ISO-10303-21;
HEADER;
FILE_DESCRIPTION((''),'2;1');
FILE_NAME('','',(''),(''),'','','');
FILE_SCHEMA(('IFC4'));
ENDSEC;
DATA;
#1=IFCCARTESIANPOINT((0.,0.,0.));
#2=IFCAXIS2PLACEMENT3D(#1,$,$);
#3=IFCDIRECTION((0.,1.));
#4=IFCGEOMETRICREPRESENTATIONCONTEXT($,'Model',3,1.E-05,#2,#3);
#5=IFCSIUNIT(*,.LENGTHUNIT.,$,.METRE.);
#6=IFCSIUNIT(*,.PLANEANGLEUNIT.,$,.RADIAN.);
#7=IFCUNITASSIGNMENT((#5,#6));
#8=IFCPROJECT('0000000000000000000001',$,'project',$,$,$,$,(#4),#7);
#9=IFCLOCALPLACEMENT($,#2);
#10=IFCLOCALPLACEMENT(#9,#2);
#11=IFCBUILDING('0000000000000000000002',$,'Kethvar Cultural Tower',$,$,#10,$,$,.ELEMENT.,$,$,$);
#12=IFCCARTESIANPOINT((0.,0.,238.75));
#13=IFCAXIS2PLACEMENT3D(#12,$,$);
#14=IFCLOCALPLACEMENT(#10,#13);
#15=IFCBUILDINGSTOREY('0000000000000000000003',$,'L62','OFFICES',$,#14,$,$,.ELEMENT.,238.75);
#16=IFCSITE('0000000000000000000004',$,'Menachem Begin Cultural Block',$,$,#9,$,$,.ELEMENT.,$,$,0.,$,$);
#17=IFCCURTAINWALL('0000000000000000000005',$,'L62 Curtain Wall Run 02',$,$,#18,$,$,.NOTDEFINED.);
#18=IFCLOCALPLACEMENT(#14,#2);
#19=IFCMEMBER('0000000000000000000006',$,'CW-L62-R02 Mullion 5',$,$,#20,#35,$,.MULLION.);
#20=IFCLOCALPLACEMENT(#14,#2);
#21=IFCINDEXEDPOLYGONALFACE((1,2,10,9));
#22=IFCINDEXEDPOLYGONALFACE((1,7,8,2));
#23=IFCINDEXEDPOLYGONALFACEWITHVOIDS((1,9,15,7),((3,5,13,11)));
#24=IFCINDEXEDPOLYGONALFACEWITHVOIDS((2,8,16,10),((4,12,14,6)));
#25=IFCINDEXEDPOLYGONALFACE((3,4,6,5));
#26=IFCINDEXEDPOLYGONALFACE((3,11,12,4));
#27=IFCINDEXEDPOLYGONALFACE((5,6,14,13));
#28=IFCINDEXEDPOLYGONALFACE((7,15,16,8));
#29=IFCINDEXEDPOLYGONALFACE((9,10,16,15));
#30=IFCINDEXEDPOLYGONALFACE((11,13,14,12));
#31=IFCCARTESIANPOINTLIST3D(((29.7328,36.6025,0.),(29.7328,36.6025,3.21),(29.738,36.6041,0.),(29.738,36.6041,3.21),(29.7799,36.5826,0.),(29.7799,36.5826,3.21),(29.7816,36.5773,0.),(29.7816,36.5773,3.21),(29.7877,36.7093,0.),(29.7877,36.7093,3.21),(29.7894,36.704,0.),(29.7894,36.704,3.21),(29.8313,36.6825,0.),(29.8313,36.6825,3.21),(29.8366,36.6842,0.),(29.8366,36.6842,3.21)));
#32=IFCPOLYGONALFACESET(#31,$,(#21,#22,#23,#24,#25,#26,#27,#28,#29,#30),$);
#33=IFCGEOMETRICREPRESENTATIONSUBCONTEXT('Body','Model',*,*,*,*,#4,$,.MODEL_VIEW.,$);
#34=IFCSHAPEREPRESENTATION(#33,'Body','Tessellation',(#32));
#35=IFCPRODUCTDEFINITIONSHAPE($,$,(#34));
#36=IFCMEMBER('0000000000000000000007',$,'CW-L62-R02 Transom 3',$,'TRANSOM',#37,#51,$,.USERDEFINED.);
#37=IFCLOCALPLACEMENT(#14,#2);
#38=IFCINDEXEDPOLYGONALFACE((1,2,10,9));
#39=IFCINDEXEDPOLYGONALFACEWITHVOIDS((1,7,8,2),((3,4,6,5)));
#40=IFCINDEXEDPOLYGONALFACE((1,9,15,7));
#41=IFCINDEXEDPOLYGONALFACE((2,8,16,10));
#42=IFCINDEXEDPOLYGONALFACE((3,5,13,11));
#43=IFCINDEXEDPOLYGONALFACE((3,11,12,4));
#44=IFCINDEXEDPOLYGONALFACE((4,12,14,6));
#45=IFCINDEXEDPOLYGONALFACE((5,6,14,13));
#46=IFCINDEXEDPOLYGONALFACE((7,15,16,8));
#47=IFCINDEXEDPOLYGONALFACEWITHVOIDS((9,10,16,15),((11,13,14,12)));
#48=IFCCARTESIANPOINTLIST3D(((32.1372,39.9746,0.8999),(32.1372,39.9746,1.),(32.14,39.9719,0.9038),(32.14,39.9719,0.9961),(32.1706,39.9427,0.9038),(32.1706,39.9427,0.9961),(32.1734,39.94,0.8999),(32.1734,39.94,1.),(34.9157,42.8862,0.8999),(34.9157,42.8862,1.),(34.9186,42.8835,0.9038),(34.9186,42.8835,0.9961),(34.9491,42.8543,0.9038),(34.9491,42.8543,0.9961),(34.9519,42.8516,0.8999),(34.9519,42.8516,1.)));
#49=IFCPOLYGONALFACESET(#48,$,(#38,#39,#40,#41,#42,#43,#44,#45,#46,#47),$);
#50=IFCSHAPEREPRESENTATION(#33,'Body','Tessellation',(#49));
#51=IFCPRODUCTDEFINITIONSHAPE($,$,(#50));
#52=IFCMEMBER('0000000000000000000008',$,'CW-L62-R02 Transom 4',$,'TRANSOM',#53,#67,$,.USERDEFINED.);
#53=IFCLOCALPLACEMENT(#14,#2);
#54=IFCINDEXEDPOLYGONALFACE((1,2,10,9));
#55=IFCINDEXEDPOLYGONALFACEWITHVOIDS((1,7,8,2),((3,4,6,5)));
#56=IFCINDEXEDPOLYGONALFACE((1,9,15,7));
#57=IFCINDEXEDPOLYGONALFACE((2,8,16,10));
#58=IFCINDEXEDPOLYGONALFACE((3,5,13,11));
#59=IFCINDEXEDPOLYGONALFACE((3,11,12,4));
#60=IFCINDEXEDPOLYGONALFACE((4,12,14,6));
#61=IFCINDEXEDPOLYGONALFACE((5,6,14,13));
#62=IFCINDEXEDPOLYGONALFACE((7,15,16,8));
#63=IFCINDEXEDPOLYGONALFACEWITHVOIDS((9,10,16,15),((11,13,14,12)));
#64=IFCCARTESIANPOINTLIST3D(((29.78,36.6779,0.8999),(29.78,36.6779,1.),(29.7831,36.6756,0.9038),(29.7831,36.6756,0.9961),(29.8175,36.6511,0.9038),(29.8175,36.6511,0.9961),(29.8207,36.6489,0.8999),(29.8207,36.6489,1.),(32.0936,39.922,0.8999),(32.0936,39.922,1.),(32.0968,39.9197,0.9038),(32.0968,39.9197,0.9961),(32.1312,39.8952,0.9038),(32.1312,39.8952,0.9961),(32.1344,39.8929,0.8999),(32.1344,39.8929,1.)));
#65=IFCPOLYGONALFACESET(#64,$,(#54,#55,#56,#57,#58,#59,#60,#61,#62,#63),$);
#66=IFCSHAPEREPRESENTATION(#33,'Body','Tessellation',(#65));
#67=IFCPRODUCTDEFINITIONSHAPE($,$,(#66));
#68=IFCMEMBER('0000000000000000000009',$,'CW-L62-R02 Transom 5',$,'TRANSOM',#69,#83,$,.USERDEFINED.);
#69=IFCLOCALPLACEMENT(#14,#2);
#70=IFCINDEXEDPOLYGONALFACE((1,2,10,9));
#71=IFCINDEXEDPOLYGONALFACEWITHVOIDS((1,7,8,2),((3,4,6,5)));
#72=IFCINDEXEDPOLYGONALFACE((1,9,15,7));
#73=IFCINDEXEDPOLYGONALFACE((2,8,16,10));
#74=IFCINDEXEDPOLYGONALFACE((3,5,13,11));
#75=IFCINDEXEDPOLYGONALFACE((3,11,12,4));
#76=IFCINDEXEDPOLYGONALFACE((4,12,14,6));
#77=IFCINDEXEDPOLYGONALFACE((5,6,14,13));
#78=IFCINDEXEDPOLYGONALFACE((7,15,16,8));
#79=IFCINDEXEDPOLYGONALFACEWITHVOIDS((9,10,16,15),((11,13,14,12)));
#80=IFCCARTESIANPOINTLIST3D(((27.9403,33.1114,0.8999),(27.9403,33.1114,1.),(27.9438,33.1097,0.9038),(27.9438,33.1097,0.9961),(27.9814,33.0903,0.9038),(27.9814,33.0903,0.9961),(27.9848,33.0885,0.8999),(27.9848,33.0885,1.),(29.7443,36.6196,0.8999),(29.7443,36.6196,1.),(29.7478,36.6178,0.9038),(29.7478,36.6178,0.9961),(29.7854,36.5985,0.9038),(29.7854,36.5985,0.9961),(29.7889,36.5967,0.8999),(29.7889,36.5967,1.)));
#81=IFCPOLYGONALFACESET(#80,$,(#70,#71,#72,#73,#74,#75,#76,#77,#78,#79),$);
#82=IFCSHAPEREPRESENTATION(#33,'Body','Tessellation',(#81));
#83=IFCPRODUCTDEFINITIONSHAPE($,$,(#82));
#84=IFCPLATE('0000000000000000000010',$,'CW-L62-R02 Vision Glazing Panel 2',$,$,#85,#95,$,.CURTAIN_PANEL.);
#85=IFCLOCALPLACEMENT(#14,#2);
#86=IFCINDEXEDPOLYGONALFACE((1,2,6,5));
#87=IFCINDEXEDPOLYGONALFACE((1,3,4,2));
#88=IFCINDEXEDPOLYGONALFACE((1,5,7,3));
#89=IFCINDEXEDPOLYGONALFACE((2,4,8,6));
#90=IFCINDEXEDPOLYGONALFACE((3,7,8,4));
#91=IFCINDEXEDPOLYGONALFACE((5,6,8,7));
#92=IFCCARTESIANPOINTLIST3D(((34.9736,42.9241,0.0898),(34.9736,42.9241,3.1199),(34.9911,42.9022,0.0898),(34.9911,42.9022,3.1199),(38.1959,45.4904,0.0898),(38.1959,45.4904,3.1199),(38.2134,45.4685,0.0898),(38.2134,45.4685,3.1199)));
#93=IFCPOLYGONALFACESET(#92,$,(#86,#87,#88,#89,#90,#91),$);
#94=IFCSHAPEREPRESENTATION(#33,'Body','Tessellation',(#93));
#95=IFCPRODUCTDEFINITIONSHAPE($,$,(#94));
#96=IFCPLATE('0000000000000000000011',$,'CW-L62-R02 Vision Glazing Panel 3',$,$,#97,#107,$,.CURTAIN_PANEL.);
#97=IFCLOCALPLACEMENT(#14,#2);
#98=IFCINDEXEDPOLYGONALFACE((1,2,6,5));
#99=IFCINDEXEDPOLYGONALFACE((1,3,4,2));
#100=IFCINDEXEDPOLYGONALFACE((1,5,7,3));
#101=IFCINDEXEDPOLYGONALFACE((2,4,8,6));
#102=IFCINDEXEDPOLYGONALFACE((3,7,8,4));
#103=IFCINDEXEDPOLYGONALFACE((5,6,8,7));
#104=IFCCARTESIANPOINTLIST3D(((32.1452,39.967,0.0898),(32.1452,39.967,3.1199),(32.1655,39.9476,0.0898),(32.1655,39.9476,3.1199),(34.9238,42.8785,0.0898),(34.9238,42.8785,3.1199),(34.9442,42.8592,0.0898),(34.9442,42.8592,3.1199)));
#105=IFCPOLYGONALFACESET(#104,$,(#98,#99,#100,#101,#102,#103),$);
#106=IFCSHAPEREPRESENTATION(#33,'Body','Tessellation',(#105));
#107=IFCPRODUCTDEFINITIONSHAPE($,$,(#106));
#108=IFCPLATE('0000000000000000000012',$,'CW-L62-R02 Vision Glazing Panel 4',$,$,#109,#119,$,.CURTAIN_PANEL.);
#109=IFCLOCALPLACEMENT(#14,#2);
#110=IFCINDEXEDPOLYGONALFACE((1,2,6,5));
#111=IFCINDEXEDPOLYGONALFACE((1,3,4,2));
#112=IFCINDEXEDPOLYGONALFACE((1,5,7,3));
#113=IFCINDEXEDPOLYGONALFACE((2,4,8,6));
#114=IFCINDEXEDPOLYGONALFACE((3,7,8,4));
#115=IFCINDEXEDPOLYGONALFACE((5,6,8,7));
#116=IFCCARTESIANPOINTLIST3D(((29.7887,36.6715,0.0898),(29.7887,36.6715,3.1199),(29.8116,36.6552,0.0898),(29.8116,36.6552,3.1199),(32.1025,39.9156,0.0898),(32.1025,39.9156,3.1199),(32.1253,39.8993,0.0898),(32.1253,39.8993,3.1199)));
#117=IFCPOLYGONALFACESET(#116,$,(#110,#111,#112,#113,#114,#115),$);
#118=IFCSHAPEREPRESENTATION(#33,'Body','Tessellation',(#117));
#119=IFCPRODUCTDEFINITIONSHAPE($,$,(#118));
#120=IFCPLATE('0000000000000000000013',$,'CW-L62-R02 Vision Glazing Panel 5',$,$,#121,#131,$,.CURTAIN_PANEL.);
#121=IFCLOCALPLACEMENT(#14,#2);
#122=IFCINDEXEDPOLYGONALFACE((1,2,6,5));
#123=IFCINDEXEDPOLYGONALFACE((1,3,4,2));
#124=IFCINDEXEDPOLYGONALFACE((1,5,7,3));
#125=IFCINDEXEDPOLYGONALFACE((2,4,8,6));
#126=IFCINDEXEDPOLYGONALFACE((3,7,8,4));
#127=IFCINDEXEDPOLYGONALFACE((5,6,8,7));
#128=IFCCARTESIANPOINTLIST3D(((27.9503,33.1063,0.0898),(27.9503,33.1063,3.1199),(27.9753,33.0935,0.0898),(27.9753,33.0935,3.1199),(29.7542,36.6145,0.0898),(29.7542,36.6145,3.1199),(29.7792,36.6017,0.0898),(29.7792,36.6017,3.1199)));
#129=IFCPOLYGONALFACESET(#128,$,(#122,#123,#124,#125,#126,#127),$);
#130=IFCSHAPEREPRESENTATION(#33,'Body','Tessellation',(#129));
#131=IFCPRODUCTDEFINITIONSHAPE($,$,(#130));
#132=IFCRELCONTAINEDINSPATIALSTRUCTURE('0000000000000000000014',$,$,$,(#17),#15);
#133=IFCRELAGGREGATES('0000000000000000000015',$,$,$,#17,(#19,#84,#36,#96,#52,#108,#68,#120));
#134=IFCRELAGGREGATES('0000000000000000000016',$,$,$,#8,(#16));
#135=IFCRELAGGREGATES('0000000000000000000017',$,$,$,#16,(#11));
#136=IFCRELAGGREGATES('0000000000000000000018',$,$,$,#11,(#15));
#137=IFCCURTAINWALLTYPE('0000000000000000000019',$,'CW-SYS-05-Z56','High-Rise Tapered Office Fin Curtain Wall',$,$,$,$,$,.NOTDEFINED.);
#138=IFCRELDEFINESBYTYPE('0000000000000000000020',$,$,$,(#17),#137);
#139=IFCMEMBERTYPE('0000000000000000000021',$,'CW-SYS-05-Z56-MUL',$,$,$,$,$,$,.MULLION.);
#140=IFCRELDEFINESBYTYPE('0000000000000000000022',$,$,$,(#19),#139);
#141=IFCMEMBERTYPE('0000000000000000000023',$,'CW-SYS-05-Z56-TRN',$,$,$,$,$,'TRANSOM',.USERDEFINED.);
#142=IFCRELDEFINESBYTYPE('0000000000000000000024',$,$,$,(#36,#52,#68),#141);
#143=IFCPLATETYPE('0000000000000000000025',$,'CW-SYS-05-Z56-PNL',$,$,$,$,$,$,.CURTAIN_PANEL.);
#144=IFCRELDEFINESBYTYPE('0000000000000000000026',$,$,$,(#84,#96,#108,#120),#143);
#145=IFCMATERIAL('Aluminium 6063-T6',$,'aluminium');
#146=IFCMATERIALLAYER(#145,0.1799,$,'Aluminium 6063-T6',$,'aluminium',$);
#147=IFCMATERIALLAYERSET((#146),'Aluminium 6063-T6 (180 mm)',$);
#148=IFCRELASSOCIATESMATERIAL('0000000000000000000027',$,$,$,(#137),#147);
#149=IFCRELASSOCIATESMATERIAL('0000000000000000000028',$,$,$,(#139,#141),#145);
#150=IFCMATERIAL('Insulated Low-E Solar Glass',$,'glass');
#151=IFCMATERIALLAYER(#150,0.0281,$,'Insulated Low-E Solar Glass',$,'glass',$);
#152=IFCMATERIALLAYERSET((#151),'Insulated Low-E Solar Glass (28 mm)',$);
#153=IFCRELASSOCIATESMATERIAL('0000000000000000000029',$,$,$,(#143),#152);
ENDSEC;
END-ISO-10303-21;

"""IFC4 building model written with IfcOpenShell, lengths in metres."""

from ifc_helpers import new_model, si_unit, direction, frame, origin, origin_2d, place, context, subcontext, project, spatial, rectangle, hollow_rectangle, extrude, source, transform, mapped, material, layer, layer_set, material_profile, profile_set, type_object, element, aggregate, save


model = new_model("IFC4")

# Units and contexts
model_context = context("Model", 3, precision=1e-05, world=origin(), true_north=direction((0.0, 1.0)))
body_context = subcontext(model_context, "Body", "Model", "MODEL_VIEW")
ifc_project = project(units=[si_unit("LENGTHUNIT", "METRE"), si_unit("PLANEANGLEUNIT", "RADIAN")], contexts=[model_context])

# Site, building, storey
site_placement = place(None, origin())
site = spatial("IfcSite", under=ifc_project, at=site_placement, Name="Menachem Begin Cultural Block", CompositionType="ELEMENT", RefElevation=0.0)
building_placement = place(site_placement, origin())
building = spatial("IfcBuilding", under=site, at=building_placement, Name="Kethvar Cultural Tower", CompositionType="ELEMENT")
storey_placement = place(building_placement, frame((0.0, 0.0, 238.75)))
storey = spatial("IfcBuildingStorey", under=building, at=storey_placement, Name="L62", Description="OFFICES", CompositionType="ELEMENT", Elevation=238.75)

# Curtain wall, members, plates
ifc_material_1 = material(Name="Aluminium 6063-T6", Category="aluminium")
ifc_layer_1 = layer(ifc_material_1, 0.1799, Name="Aluminium 6063-T6", Category="aluminium")
ifc_layer_set_1 = layer_set([ifc_layer_1], Name="Aluminium 6063-T6 (180 mm)")
curtain_wall_type = type_object("IfcCurtainWallType", Name="CW-SYS-05-Z56", Description="High-Rise Tapered Office Fin Curtain Wall", PredefinedType="NOTDEFINED", material=ifc_layer_set_1)
curtain_wall_placement = place(storey_placement, origin())
curtain_wall = element("IfcCurtainWall", 1, at=curtain_wall_placement, inside=storey, type_object=curtain_wall_type, Name="L62 Curtain Wall Run 02", PredefinedType="NOTDEFINED")
ifc_material_profile_1 = material_profile(ifc_material_1, hollow_rectangle(XDim=0.0549, YDim=0.1201, WallThickness=0.0039, at=origin_2d()), Name="Aluminium 6063-T6 — RHS120x55x4")
ifc_profile_set_1 = profile_set([ifc_material_profile_1], Name="Aluminium 6063-T6 — RHS120x55x4")
member_type_1 = type_object("IfcMemberType", Name="CW-SYS-05-Z56-MUL", PredefinedType="MULLION", material=ifc_profile_set_1)
shared_shape_1 = source(origin(), body_context, "Body", "SweptSolid", [
    extrude(hollow_rectangle(XDim=0.0549, YDim=0.1201, WallThickness=0.0039, at=origin_2d()), origin(), (0.0, 0.0, 1.0), 3.21),
])
member_1_placement = place(storey_placement, frame((29.7847, 36.6433, 0.0), z_axis=(0.0, 0.0, 1.0), x_axis=(0.889321, -0.457284, 0.0)))
member_1 = element("IfcMember", 2, at=member_1_placement, type_object=member_type_1, Name="CW-L62-R02 Mullion 5", PredefinedType="MULLION", context=body_context, shape_type="MappedRepresentation", body=[
    mapped(shared_shape_1, transform((0.0, 0.0, 0.0), scale=1.0)),
])
ifc_material_profile_2 = material_profile(ifc_material_1, hollow_rectangle(XDim=0.05, YDim=0.1001, WallThickness=0.0039, at=origin_2d()), Name="Aluminium 6063-T6 — RHS100x50x4")
ifc_profile_set_2 = profile_set([ifc_material_profile_2], Name="Aluminium 6063-T6 — RHS100x50x4")
member_type_2 = type_object("IfcMemberType", Name="CW-SYS-05-Z56-TRN", ElementType="TRANSOM", PredefinedType="USERDEFINED", material=ifc_profile_set_2)
shared_shape_2 = source(origin(), body_context, "Body", "SweptSolid", [
    extrude(hollow_rectangle(XDim=0.05, YDim=0.1001, WallThickness=0.0039, at=origin_2d()), origin(), (0.0, 0.0, 1.0), 4.0247),
])
member_2_placement = place(storey_placement, frame((34.9338, 42.8689, 0.95), z_axis=(-0.690383, -0.723444, 0.0), x_axis=(0.723444, -0.690383, 0.0)))
member_2 = element("IfcMember", 3, at=member_2_placement, type_object=member_type_2, Name="CW-L62-R02 Transom 3", ObjectType="TRANSOM", PredefinedType="USERDEFINED", context=body_context, shape_type="MappedRepresentation", body=[
    mapped(shared_shape_2, transform((0.0, 0.0, 0.0), scale=1.0)),
])
shared_shape_3 = source(origin(), body_context, "Body", "SweptSolid", [
    extrude(hollow_rectangle(XDim=0.05, YDim=0.1001, WallThickness=0.0039, at=origin_2d()), origin(), (0.0, 0.0, 1.0), 3.9846),
])
member_3_placement = place(storey_placement, frame((32.114, 39.9075, 0.95), z_axis=(-0.580653, -0.814151, 0.0), x_axis=(0.814151, -0.580653, 0.0)))
member_3 = element("IfcMember", 4, at=member_3_placement, type_object=member_type_2, Name="CW-L62-R02 Transom 4", ObjectType="TRANSOM", PredefinedType="USERDEFINED", context=body_context, shape_type="MappedRepresentation", body=[
    mapped(shared_shape_3, transform((0.0, 0.0, 0.0), scale=1.0)),
])
shared_shape_4 = source(origin(), body_context, "Body", "SweptSolid", [
    extrude(hollow_rectangle(XDim=0.05, YDim=0.1001, WallThickness=0.0039, at=origin_2d()), origin(), (0.0, 0.0, 1.0), 3.9448),
])
member_4_placement = place(storey_placement, frame((29.7666, 36.6082, 0.95), z_axis=(-0.45731, -0.889307, 0.0), x_axis=(0.889307, -0.45731, 0.0)))
member_4 = element("IfcMember", 5, at=member_4_placement, type_object=member_type_2, Name="CW-L62-R02 Transom 5", ObjectType="TRANSOM", PredefinedType="USERDEFINED", context=body_context, shape_type="MappedRepresentation", body=[
    mapped(shared_shape_4, transform((0.0, 0.0, 0.0), scale=1.0)),
])
ifc_material_2 = material(Name="Insulated Low-E Solar Glass", Category="glass")
ifc_layer_2 = layer(ifc_material_2, 0.0281, Name="Insulated Low-E Solar Glass", Category="glass")
ifc_layer_set_2 = layer_set([ifc_layer_2], Name="Insulated Low-E Solar Glass (28 mm)")
plate_type = type_object("IfcPlateType", Name="CW-SYS-05-Z56-PNL", PredefinedType="CURTAIN_PANEL", material=ifc_layer_set_2)
shared_shape_5 = source(origin(), body_context, "Body", "SweptSolid", [
    extrude(rectangle(XDim=4.1194, YDim=0.0281, at=origin_2d()), origin(), (0.0, 0.0, 1.0), 3.03),
])
plate_1_placement = place(storey_placement, frame((36.5935, 44.1963, 0.0898), z_axis=(0.0, 0.0, 1.0), x_axis=(-0.782239, -0.622979, 0.0)))
plate_1 = element("IfcPlate", 6, at=plate_1_placement, type_object=plate_type, Name="CW-L62-R02 Vision Glazing Panel 2", PredefinedType="CURTAIN_PANEL", context=body_context, shape_type="MappedRepresentation", body=[
    mapped(shared_shape_5, transform((0.0, 0.0, 0.0), scale=1.0)),
])
shared_shape_6 = source(origin(), body_context, "Body", "SweptSolid", [
    extrude(rectangle(XDim=4.0247, YDim=0.0281, at=origin_2d()), origin(), (0.0, 0.0, 1.0), 3.03),
])
plate_2_placement = place(storey_placement, frame((33.5447, 41.4131, 0.0898), z_axis=(0.0, 0.0, 1.0), x_axis=(-0.690403, -0.723425, 0.0)))
plate_2 = element("IfcPlate", 7, at=plate_2_placement, type_object=plate_type, Name="CW-L62-R02 Vision Glazing Panel 3", PredefinedType="CURTAIN_PANEL", context=body_context, shape_type="MappedRepresentation", body=[
    mapped(shared_shape_6, transform((0.0, 0.0, 0.0), scale=1.0)),
])
shared_shape_7 = source(origin(), body_context, "Body", "SweptSolid", [
    extrude(rectangle(XDim=3.9846, YDim=0.0281, at=origin_2d()), origin(), (0.0, 0.0, 1.0), 3.03),
])
plate_3_placement = place(storey_placement, frame((30.957, 38.2854, 0.0898), z_axis=(0.0, 0.0, 1.0), x_axis=(-0.58066, -0.814146, 0.0)))
plate_3 = element("IfcPlate", 8, at=plate_3_placement, type_object=plate_type, Name="CW-L62-R02 Vision Glazing Panel 4", PredefinedType="CURTAIN_PANEL", context=body_context, shape_type="MappedRepresentation", body=[
    mapped(shared_shape_7, transform((0.0, 0.0, 0.0), scale=1.0)),
])
shared_shape_8 = source(origin(), body_context, "Body", "SweptSolid", [
    extrude(rectangle(XDim=3.9448, YDim=0.0281, at=origin_2d()), origin(), (0.0, 0.0, 1.0), 3.03),
])
plate_4_placement = place(storey_placement, frame((28.8647, 34.854, 0.0898), z_axis=(0.0, 0.0, 1.0), x_axis=(-0.457284, -0.889321, 0.0)))
plate_4 = element("IfcPlate", 9, at=plate_4_placement, type_object=plate_type, Name="CW-L62-R02 Vision Glazing Panel 5", PredefinedType="CURTAIN_PANEL", context=body_context, shape_type="MappedRepresentation", body=[
    mapped(shared_shape_8, transform((0.0, 0.0, 0.0), scale=1.0)),
])
aggregate(curtain_wall, [member_1, plate_1, member_2, plate_2, member_3, plate_3, member_4, plate_4])

save(model, "model.ifc")
